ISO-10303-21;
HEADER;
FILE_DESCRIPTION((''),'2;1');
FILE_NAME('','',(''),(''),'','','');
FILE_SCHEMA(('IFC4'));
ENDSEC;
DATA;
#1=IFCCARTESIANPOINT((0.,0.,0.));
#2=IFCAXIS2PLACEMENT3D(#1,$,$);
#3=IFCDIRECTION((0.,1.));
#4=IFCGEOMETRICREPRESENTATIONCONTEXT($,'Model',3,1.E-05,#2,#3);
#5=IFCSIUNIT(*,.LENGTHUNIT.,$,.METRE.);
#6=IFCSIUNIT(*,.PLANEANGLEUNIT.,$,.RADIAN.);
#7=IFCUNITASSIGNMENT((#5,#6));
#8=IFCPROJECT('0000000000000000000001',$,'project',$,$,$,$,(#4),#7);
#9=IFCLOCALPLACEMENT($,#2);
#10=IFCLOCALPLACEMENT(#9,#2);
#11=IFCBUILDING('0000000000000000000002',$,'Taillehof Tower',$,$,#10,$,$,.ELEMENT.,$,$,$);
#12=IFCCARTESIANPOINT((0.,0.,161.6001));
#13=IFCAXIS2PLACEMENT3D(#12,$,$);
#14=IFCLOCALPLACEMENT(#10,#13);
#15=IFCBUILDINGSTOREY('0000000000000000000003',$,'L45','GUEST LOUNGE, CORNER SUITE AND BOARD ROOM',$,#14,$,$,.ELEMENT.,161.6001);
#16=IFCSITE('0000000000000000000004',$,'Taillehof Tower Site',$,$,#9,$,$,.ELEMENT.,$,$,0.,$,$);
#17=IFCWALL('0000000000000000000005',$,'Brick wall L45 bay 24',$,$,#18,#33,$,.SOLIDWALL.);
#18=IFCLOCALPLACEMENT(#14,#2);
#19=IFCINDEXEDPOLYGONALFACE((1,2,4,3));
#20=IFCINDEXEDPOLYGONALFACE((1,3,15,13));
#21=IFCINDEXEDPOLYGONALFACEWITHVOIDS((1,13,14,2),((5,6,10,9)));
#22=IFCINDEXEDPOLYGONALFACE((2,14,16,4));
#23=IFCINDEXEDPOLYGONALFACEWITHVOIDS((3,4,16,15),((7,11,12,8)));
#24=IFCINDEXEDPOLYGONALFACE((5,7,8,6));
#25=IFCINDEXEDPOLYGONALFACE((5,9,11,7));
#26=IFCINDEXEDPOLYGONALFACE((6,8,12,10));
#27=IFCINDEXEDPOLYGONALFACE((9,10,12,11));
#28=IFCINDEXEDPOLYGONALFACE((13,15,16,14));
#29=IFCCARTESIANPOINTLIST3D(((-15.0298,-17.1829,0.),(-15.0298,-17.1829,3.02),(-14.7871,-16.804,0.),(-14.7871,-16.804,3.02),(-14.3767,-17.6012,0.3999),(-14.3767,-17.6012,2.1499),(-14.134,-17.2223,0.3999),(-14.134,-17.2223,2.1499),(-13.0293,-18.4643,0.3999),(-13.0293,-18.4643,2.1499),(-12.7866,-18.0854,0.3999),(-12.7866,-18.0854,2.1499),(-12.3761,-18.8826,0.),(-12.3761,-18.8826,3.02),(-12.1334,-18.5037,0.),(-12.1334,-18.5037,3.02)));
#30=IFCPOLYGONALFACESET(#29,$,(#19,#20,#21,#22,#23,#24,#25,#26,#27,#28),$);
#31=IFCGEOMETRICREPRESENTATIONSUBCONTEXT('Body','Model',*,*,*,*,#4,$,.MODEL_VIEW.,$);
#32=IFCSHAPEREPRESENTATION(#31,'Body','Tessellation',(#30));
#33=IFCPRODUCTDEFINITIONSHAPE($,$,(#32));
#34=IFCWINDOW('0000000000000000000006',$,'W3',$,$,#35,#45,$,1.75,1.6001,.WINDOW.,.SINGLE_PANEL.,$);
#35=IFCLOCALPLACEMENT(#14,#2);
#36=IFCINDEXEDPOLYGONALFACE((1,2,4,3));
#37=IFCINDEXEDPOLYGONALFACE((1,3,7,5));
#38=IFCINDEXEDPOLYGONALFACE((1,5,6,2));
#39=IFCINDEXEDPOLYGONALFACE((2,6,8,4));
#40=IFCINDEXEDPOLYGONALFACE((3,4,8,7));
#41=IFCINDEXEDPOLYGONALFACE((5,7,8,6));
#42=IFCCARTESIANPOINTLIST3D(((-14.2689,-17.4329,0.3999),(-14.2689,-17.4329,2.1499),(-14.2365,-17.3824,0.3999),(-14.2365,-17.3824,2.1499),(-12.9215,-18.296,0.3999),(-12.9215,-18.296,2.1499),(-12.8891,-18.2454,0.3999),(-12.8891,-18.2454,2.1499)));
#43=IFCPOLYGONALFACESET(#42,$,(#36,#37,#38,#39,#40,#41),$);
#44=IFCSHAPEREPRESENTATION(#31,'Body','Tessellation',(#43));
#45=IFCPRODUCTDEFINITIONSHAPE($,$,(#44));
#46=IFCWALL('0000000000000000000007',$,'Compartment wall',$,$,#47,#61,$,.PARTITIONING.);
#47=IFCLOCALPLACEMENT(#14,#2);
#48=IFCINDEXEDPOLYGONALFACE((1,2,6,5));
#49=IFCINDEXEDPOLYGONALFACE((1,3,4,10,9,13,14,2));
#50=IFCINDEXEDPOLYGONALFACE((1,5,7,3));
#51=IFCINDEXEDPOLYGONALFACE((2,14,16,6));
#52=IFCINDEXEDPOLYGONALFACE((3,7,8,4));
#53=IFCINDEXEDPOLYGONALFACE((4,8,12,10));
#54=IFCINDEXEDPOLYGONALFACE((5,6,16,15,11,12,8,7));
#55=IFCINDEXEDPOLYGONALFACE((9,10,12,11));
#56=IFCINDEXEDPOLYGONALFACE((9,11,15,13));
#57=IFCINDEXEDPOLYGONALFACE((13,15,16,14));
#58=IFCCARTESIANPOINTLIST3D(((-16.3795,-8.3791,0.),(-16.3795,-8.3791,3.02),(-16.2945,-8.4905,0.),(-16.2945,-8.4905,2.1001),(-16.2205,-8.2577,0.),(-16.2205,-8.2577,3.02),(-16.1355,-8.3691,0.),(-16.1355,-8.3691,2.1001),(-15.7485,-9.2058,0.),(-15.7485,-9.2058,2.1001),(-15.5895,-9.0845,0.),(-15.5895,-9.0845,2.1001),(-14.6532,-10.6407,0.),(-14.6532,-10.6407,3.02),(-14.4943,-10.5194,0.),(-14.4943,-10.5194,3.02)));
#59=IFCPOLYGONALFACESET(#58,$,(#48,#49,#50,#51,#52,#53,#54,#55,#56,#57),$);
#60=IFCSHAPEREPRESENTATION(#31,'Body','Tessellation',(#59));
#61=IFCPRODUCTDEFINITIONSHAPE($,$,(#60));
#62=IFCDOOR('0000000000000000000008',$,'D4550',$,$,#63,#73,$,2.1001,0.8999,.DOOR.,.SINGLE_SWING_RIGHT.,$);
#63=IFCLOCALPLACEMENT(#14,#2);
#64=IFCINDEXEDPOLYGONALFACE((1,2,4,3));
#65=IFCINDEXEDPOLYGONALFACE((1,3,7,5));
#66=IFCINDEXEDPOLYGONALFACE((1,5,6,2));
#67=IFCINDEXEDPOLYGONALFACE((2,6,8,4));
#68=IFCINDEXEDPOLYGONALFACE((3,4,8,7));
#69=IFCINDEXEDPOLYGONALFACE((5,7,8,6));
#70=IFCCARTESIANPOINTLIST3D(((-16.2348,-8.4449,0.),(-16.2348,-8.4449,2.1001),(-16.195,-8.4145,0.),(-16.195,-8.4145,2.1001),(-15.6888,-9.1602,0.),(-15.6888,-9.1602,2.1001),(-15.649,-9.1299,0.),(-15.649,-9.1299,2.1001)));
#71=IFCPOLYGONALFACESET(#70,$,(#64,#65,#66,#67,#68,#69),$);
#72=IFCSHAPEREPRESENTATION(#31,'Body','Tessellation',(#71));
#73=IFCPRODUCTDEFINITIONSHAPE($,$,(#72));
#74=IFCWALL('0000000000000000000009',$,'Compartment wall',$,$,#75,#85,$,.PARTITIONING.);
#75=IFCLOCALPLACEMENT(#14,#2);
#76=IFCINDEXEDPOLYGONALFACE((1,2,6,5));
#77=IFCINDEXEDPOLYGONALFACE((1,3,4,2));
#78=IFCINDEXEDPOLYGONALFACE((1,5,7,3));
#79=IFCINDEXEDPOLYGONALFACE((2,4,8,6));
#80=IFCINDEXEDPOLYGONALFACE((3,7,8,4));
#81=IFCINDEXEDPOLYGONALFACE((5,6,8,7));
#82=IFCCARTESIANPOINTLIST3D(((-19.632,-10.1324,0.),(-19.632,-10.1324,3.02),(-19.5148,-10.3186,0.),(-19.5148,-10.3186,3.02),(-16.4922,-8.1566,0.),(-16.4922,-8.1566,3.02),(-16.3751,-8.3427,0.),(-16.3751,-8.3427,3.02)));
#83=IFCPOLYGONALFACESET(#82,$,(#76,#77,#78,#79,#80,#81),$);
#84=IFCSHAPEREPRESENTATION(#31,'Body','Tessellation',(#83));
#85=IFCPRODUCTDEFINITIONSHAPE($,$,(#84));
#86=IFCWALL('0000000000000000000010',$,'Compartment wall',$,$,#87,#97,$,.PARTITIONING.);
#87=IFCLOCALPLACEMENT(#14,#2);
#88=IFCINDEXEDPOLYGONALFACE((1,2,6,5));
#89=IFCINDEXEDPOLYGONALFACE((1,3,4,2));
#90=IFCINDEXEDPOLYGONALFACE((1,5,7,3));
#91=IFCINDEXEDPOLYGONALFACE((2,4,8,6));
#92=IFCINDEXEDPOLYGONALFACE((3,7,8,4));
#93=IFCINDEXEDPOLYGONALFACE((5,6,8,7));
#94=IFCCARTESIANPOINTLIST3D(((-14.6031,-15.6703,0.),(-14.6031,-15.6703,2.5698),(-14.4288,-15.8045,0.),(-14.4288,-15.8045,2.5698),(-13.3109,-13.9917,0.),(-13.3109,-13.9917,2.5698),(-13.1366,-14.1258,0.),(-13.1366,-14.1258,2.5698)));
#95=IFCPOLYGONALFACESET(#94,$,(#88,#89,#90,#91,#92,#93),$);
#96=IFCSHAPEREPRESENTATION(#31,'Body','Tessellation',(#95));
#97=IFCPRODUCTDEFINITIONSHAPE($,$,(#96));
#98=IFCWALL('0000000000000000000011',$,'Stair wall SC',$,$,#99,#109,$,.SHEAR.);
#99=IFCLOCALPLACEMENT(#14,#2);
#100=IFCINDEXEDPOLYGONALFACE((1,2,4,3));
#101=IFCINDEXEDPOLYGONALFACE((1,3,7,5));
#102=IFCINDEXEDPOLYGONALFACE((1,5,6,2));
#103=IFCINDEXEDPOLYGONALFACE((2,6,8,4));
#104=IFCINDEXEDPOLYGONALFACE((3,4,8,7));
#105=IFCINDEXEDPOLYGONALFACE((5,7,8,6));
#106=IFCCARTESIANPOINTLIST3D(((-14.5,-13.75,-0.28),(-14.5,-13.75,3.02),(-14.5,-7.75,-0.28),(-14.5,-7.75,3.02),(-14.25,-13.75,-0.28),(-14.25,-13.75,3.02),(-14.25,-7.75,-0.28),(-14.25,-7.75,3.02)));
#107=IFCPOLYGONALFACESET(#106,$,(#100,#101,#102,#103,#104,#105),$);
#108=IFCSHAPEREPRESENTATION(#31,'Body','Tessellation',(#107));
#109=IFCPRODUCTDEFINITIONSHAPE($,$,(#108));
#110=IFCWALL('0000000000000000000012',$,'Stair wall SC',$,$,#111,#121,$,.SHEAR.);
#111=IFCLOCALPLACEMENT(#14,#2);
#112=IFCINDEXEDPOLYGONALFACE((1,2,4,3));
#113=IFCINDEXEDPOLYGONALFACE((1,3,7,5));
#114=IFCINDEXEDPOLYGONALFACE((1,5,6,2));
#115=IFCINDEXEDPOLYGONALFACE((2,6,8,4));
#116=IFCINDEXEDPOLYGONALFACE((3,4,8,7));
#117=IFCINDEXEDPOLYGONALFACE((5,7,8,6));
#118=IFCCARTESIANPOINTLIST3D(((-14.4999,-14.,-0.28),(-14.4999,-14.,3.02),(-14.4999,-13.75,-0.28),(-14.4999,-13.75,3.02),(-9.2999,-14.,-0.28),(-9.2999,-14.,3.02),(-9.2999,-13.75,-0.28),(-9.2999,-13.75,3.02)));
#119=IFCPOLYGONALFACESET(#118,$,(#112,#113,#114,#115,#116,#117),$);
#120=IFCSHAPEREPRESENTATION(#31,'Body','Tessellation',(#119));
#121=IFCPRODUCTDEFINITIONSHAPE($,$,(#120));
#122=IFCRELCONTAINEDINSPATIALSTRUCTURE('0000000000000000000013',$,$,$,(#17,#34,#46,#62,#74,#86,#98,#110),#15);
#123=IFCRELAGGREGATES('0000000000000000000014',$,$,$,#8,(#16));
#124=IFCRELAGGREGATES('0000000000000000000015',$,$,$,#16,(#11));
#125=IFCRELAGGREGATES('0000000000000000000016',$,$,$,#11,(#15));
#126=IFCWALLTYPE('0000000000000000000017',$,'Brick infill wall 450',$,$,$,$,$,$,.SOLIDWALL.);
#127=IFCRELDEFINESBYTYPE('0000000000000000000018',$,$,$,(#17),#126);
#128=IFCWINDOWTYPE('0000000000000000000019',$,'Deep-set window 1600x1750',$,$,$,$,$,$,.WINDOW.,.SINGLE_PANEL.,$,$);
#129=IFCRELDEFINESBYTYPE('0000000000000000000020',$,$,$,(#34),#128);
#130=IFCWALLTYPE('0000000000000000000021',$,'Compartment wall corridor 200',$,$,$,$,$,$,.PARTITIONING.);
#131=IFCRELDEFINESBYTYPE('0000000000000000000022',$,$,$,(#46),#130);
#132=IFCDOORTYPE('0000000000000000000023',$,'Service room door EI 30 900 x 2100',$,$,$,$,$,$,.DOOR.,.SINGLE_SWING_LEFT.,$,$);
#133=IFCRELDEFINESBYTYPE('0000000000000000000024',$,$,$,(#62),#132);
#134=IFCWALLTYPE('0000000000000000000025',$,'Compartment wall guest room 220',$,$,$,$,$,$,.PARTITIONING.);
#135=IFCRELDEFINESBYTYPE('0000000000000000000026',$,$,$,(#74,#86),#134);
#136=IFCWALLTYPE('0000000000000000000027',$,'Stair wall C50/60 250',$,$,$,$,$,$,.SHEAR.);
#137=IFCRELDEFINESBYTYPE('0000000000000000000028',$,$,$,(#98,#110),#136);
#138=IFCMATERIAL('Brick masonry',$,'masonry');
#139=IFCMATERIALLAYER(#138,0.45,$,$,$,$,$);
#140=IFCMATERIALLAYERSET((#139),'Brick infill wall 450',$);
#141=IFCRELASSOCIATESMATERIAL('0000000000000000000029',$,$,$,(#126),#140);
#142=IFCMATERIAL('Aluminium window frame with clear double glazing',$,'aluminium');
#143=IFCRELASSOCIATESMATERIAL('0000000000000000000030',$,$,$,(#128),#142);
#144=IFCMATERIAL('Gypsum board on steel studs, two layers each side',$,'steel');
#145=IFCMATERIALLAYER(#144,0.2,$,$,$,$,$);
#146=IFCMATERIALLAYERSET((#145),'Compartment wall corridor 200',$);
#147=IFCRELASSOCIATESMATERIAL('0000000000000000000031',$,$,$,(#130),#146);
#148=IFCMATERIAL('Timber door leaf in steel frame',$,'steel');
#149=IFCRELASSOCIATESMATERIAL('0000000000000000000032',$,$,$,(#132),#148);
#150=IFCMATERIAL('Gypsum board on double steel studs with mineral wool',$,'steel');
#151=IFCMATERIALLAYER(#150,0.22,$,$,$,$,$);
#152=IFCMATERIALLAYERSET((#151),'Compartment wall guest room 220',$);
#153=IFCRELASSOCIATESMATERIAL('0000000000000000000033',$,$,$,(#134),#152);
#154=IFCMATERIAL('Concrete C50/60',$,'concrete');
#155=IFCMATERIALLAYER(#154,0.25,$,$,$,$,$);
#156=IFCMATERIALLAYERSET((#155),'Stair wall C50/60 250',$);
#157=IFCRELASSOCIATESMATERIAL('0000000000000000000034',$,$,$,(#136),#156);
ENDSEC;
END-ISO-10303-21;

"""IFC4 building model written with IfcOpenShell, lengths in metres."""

from ifc_helpers import new_model, si_unit, direction, frame, frame_2d, origin, place, context, subcontext, project, spatial, rectangle, extrude, material, layer, layer_set, type_object, element, fill, save


model = new_model("IFC4")

# Units and contexts
model_context = context("Model", 3, precision=1e-05, world=origin(), true_north=direction((0.0, 1.0)))
body_context = subcontext(model_context, "Body", "Model", "MODEL_VIEW")
ifc_project = project(units=[si_unit("LENGTHUNIT", "METRE"), si_unit("PLANEANGLEUNIT", "RADIAN")], contexts=[model_context])

# Site, building, storey
site_placement = place(None, origin())
site = spatial("IfcSite", under=ifc_project, at=site_placement, Name="Taillehof Tower Site", CompositionType="ELEMENT", RefElevation=0.0)
building_placement = place(site_placement, origin())
building = spatial("IfcBuilding", under=site, at=building_placement, Name="Taillehof Tower", CompositionType="ELEMENT")
storey_placement = place(building_placement, frame((0.0, 0.0, 161.6001)))
storey = spatial("IfcBuildingStorey", under=building, at=storey_placement, Name="L45", Description="GUEST LOUNGE, CORNER SUITE AND BOARD ROOM", CompositionType="ELEMENT", Elevation=161.6001)

# Wall, opening, window
ifc_material_1 = material(Name="Brick masonry", Category="masonry")
ifc_layer_1 = layer(ifc_material_1, 0.45)
ifc_layer_set_1 = layer_set([ifc_layer_1], Name="Brick infill wall 450")
wall_type_1 = type_object("IfcWallType", Name="Brick infill wall 450", PredefinedType="SOLIDWALL", material=ifc_layer_set_1)
ifc_material_2 = material(Name="Aluminium window frame with clear double glazing", Category="aluminium")
window_type = type_object("IfcWindowType", Name="Deep-set window 1600x1750", PartitioningType="SINGLE_PANEL", PredefinedType="WINDOW", material=ifc_material_2)
wall_1_placement = place(storey_placement, frame((-14.9084, -16.9934, 0.0), z_axis=(0.0, 0.0, 1.0), x_axis=(0.842066, -0.539375, 0.0)))
wall_1 = element("IfcWall", 1, at=wall_1_placement, inside=storey, type_object=wall_type_1, Name="Brick wall L45 bay 24", PredefinedType="SOLIDWALL", context=body_context, shape_type="SweptSolid", body=[
    extrude(rectangle(XDim=3.1514, YDim=0.45, at=frame_2d((1.5757, 0.0))), origin(), (0.0, 0.0, 1.0), 3.02),
])
opening_1_placement = place(wall_1_placement, frame((0.7756, 0.0, 0.3999)))
opening_1 = element("IfcOpeningElement", 2, at=opening_1_placement, cuts=wall_1, PredefinedType="OPENING", context=body_context, shape_type="SweptSolid", body=[
    extrude(rectangle(XDim=1.6001, YDim=1.75, at=frame_2d((0.8, 0.875))), frame((0.0, 0.2349, 0.0), z_axis=(0.0, -1.0, 0.0), x_axis=(1.0, 0.0, 0.0)), (0.0, 0.0, 1.0), 0.47),
])
window_1_placement = place(opening_1_placement, origin())
window_1 = element("IfcWindow", 3, at=window_1_placement, inside=storey, type_object=window_type, Name="W3", OverallHeight=1.75, OverallWidth=1.6001, PartitioningType="SINGLE_PANEL", PredefinedType="WINDOW", context=body_context, shape_type="SweptSolid", body=[
    extrude(rectangle(XDim=1.6001, YDim=1.75, at=frame_2d((0.8, 0.875))), frame((0.0, 0.0349, 0.0), z_axis=(0.0, -1.0, 0.0), x_axis=(1.0, 0.0, 0.0)), (0.0, 0.0, 1.0), 0.0601),
])
fill(opening_1, window_1)

# Wall, opening, door
ifc_material_3 = material(Name="Gypsum board on steel studs, two layers each side", Category="steel")
ifc_layer_2 = layer(ifc_material_3, 0.2)
ifc_layer_set_2 = layer_set([ifc_layer_2], Name="Compartment wall corridor 200")
wall_type_2 = type_object("IfcWallType", Name="Compartment wall corridor 200", PredefinedType="PARTITIONING", material=ifc_layer_set_2)
wall_2_placement = place(storey_placement, frame((-14.5737, -10.5801, 0.0), z_axis=(0.0, 0.0, 1.0), x_axis=(-0.606733, 0.794906, 0.0)))
wall_2 = element("IfcWall", 4, at=wall_2_placement, inside=storey, type_object=wall_type_2, Name="Compartment wall", PredefinedType="PARTITIONING", context=body_context, shape_type="SweptSolid", body=[
    extrude(rectangle(XDim=2.8452, YDim=0.2, at=frame_2d((1.4226, 0.0))), origin(), (0.0, 0.0, 1.0), 3.02),
])
opening_2_placement = place(wall_2_placement, frame((1.8052, 0.0, 0.0)))
opening_2 = element("IfcOpeningElement", 5, at=opening_2_placement, cuts=wall_2, PredefinedType="OPENING", context=body_context, shape_type="SweptSolid", body=[
    extrude(rectangle(XDim=0.8999, YDim=2.1001, at=frame_2d((0.45, 1.05))), frame((0.0, 0.1099, 0.0), z_axis=(0.0, -1.0, 0.0), x_axis=(1.0, 0.0, 0.0)), (0.0, 0.0, 1.0), 0.22),
])
ifc_material_4 = material(Name="Timber door leaf in steel frame", Category="steel")
door_type = type_object("IfcDoorType", Name="Service room door EI 30 900 x 2100", OperationType="SINGLE_SWING_LEFT", PredefinedType="DOOR", material=ifc_material_4)
door_placement = place(opening_2_placement, origin())
door = element("IfcDoor", 6, at=door_placement, inside=storey, type_object=door_type, Name="D4550", OperationType="SINGLE_SWING_RIGHT", OverallHeight=2.1001, OverallWidth=0.8999, PredefinedType="DOOR", context=body_context, shape_type="SweptSolid", body=[
    extrude(rectangle(XDim=0.8999, YDim=2.1001, at=frame_2d((0.45, 1.05))), frame((0.0, 0.0249, 0.0), z_axis=(0.0, -1.0, 0.0), x_axis=(1.0, 0.0, 0.0)), (0.0, 0.0, 1.0), 0.05),
])
fill(opening_2, door)

# Walls
ifc_material_5 = material(Name="Gypsum board on double steel studs with mineral wool", Category="steel")
ifc_layer_3 = layer(ifc_material_5, 0.22)
ifc_layer_set_3 = layer_set([ifc_layer_3], Name="Compartment wall guest room 220")
wall_type_3 = type_object("IfcWallType", Name="Compartment wall guest room 220", PredefinedType="PARTITIONING", material=ifc_layer_set_3)
wall_3_placement = place(storey_placement, frame((-19.5735, -10.2256, 0.0), z_axis=(0.0, 0.0, 1.0), x_axis=(0.846353, 0.532623, 0.0)))
element("IfcWall", 7, at=wall_3_placement, inside=storey, type_object=wall_type_3, Name="Compartment wall", PredefinedType="PARTITIONING", context=body_context, shape_type="SweptSolid", body=[
    extrude(rectangle(XDim=3.7097, YDim=0.22, at=frame_2d((1.855, 0.0))), origin(), (0.0, 0.0, 1.0), 3.02),
])
wall_4_placement = place(storey_placement, frame((-14.5159, -15.7373, 0.0), z_axis=(0.0, 0.0, 1.0), x_axis=(0.609984, 0.792414, 0.0)))
element("IfcWall", 8, at=wall_4_placement, inside=storey, type_object=wall_type_3, Name="Compartment wall", PredefinedType="PARTITIONING", context=body_context, shape_type="SweptSolid", body=[
    extrude(rectangle(XDim=2.1184, YDim=0.22, at=frame_2d((1.0591, 0.0))), origin(), (0.0, 0.0, 1.0), 2.5698),
])
ifc_material_6 = material(Name="Concrete C50/60", Category="concrete")
ifc_layer_4 = layer(ifc_material_6, 0.25)
ifc_layer_set_4 = layer_set([ifc_layer_4], Name="Stair wall C50/60 250")
wall_type_4 = type_object("IfcWallType", Name="Stair wall C50/60 250", PredefinedType="SHEAR", material=ifc_layer_set_4)
wall_5_placement = place(storey_placement, frame((-14.375, -13.75, -0.28), z_axis=(0.0, 0.0, 1.0), x_axis=(0.0, 1.0, 0.0)))
element("IfcWall", 9, at=wall_5_placement, inside=storey, type_object=wall_type_4, Name="Stair wall SC", PredefinedType="SHEAR", context=body_context, shape_type="SweptSolid", body=[
    extrude(rectangle(XDim=6.0, YDim=0.25, at=frame_2d((3.0, 0.0))), origin(), (0.0, 0.0, 1.0), 3.3),
])
wall_6_placement = place(storey_placement, frame((-14.5, -13.875, -0.28), z_axis=(0.0, 0.0, 1.0), x_axis=(1.0, 0.0, 0.0)))
element("IfcWall", 10, at=wall_6_placement, inside=storey, type_object=wall_type_4, Name="Stair wall SC", PredefinedType="SHEAR", context=body_context, shape_type="SweptSolid", body=[
    extrude(rectangle(XDim=5.2, YDim=0.25, at=frame_2d((2.6001, 0.0))), origin(), (0.0, 0.0, 1.0), 3.3),
])

save(model, "model.ifc")
